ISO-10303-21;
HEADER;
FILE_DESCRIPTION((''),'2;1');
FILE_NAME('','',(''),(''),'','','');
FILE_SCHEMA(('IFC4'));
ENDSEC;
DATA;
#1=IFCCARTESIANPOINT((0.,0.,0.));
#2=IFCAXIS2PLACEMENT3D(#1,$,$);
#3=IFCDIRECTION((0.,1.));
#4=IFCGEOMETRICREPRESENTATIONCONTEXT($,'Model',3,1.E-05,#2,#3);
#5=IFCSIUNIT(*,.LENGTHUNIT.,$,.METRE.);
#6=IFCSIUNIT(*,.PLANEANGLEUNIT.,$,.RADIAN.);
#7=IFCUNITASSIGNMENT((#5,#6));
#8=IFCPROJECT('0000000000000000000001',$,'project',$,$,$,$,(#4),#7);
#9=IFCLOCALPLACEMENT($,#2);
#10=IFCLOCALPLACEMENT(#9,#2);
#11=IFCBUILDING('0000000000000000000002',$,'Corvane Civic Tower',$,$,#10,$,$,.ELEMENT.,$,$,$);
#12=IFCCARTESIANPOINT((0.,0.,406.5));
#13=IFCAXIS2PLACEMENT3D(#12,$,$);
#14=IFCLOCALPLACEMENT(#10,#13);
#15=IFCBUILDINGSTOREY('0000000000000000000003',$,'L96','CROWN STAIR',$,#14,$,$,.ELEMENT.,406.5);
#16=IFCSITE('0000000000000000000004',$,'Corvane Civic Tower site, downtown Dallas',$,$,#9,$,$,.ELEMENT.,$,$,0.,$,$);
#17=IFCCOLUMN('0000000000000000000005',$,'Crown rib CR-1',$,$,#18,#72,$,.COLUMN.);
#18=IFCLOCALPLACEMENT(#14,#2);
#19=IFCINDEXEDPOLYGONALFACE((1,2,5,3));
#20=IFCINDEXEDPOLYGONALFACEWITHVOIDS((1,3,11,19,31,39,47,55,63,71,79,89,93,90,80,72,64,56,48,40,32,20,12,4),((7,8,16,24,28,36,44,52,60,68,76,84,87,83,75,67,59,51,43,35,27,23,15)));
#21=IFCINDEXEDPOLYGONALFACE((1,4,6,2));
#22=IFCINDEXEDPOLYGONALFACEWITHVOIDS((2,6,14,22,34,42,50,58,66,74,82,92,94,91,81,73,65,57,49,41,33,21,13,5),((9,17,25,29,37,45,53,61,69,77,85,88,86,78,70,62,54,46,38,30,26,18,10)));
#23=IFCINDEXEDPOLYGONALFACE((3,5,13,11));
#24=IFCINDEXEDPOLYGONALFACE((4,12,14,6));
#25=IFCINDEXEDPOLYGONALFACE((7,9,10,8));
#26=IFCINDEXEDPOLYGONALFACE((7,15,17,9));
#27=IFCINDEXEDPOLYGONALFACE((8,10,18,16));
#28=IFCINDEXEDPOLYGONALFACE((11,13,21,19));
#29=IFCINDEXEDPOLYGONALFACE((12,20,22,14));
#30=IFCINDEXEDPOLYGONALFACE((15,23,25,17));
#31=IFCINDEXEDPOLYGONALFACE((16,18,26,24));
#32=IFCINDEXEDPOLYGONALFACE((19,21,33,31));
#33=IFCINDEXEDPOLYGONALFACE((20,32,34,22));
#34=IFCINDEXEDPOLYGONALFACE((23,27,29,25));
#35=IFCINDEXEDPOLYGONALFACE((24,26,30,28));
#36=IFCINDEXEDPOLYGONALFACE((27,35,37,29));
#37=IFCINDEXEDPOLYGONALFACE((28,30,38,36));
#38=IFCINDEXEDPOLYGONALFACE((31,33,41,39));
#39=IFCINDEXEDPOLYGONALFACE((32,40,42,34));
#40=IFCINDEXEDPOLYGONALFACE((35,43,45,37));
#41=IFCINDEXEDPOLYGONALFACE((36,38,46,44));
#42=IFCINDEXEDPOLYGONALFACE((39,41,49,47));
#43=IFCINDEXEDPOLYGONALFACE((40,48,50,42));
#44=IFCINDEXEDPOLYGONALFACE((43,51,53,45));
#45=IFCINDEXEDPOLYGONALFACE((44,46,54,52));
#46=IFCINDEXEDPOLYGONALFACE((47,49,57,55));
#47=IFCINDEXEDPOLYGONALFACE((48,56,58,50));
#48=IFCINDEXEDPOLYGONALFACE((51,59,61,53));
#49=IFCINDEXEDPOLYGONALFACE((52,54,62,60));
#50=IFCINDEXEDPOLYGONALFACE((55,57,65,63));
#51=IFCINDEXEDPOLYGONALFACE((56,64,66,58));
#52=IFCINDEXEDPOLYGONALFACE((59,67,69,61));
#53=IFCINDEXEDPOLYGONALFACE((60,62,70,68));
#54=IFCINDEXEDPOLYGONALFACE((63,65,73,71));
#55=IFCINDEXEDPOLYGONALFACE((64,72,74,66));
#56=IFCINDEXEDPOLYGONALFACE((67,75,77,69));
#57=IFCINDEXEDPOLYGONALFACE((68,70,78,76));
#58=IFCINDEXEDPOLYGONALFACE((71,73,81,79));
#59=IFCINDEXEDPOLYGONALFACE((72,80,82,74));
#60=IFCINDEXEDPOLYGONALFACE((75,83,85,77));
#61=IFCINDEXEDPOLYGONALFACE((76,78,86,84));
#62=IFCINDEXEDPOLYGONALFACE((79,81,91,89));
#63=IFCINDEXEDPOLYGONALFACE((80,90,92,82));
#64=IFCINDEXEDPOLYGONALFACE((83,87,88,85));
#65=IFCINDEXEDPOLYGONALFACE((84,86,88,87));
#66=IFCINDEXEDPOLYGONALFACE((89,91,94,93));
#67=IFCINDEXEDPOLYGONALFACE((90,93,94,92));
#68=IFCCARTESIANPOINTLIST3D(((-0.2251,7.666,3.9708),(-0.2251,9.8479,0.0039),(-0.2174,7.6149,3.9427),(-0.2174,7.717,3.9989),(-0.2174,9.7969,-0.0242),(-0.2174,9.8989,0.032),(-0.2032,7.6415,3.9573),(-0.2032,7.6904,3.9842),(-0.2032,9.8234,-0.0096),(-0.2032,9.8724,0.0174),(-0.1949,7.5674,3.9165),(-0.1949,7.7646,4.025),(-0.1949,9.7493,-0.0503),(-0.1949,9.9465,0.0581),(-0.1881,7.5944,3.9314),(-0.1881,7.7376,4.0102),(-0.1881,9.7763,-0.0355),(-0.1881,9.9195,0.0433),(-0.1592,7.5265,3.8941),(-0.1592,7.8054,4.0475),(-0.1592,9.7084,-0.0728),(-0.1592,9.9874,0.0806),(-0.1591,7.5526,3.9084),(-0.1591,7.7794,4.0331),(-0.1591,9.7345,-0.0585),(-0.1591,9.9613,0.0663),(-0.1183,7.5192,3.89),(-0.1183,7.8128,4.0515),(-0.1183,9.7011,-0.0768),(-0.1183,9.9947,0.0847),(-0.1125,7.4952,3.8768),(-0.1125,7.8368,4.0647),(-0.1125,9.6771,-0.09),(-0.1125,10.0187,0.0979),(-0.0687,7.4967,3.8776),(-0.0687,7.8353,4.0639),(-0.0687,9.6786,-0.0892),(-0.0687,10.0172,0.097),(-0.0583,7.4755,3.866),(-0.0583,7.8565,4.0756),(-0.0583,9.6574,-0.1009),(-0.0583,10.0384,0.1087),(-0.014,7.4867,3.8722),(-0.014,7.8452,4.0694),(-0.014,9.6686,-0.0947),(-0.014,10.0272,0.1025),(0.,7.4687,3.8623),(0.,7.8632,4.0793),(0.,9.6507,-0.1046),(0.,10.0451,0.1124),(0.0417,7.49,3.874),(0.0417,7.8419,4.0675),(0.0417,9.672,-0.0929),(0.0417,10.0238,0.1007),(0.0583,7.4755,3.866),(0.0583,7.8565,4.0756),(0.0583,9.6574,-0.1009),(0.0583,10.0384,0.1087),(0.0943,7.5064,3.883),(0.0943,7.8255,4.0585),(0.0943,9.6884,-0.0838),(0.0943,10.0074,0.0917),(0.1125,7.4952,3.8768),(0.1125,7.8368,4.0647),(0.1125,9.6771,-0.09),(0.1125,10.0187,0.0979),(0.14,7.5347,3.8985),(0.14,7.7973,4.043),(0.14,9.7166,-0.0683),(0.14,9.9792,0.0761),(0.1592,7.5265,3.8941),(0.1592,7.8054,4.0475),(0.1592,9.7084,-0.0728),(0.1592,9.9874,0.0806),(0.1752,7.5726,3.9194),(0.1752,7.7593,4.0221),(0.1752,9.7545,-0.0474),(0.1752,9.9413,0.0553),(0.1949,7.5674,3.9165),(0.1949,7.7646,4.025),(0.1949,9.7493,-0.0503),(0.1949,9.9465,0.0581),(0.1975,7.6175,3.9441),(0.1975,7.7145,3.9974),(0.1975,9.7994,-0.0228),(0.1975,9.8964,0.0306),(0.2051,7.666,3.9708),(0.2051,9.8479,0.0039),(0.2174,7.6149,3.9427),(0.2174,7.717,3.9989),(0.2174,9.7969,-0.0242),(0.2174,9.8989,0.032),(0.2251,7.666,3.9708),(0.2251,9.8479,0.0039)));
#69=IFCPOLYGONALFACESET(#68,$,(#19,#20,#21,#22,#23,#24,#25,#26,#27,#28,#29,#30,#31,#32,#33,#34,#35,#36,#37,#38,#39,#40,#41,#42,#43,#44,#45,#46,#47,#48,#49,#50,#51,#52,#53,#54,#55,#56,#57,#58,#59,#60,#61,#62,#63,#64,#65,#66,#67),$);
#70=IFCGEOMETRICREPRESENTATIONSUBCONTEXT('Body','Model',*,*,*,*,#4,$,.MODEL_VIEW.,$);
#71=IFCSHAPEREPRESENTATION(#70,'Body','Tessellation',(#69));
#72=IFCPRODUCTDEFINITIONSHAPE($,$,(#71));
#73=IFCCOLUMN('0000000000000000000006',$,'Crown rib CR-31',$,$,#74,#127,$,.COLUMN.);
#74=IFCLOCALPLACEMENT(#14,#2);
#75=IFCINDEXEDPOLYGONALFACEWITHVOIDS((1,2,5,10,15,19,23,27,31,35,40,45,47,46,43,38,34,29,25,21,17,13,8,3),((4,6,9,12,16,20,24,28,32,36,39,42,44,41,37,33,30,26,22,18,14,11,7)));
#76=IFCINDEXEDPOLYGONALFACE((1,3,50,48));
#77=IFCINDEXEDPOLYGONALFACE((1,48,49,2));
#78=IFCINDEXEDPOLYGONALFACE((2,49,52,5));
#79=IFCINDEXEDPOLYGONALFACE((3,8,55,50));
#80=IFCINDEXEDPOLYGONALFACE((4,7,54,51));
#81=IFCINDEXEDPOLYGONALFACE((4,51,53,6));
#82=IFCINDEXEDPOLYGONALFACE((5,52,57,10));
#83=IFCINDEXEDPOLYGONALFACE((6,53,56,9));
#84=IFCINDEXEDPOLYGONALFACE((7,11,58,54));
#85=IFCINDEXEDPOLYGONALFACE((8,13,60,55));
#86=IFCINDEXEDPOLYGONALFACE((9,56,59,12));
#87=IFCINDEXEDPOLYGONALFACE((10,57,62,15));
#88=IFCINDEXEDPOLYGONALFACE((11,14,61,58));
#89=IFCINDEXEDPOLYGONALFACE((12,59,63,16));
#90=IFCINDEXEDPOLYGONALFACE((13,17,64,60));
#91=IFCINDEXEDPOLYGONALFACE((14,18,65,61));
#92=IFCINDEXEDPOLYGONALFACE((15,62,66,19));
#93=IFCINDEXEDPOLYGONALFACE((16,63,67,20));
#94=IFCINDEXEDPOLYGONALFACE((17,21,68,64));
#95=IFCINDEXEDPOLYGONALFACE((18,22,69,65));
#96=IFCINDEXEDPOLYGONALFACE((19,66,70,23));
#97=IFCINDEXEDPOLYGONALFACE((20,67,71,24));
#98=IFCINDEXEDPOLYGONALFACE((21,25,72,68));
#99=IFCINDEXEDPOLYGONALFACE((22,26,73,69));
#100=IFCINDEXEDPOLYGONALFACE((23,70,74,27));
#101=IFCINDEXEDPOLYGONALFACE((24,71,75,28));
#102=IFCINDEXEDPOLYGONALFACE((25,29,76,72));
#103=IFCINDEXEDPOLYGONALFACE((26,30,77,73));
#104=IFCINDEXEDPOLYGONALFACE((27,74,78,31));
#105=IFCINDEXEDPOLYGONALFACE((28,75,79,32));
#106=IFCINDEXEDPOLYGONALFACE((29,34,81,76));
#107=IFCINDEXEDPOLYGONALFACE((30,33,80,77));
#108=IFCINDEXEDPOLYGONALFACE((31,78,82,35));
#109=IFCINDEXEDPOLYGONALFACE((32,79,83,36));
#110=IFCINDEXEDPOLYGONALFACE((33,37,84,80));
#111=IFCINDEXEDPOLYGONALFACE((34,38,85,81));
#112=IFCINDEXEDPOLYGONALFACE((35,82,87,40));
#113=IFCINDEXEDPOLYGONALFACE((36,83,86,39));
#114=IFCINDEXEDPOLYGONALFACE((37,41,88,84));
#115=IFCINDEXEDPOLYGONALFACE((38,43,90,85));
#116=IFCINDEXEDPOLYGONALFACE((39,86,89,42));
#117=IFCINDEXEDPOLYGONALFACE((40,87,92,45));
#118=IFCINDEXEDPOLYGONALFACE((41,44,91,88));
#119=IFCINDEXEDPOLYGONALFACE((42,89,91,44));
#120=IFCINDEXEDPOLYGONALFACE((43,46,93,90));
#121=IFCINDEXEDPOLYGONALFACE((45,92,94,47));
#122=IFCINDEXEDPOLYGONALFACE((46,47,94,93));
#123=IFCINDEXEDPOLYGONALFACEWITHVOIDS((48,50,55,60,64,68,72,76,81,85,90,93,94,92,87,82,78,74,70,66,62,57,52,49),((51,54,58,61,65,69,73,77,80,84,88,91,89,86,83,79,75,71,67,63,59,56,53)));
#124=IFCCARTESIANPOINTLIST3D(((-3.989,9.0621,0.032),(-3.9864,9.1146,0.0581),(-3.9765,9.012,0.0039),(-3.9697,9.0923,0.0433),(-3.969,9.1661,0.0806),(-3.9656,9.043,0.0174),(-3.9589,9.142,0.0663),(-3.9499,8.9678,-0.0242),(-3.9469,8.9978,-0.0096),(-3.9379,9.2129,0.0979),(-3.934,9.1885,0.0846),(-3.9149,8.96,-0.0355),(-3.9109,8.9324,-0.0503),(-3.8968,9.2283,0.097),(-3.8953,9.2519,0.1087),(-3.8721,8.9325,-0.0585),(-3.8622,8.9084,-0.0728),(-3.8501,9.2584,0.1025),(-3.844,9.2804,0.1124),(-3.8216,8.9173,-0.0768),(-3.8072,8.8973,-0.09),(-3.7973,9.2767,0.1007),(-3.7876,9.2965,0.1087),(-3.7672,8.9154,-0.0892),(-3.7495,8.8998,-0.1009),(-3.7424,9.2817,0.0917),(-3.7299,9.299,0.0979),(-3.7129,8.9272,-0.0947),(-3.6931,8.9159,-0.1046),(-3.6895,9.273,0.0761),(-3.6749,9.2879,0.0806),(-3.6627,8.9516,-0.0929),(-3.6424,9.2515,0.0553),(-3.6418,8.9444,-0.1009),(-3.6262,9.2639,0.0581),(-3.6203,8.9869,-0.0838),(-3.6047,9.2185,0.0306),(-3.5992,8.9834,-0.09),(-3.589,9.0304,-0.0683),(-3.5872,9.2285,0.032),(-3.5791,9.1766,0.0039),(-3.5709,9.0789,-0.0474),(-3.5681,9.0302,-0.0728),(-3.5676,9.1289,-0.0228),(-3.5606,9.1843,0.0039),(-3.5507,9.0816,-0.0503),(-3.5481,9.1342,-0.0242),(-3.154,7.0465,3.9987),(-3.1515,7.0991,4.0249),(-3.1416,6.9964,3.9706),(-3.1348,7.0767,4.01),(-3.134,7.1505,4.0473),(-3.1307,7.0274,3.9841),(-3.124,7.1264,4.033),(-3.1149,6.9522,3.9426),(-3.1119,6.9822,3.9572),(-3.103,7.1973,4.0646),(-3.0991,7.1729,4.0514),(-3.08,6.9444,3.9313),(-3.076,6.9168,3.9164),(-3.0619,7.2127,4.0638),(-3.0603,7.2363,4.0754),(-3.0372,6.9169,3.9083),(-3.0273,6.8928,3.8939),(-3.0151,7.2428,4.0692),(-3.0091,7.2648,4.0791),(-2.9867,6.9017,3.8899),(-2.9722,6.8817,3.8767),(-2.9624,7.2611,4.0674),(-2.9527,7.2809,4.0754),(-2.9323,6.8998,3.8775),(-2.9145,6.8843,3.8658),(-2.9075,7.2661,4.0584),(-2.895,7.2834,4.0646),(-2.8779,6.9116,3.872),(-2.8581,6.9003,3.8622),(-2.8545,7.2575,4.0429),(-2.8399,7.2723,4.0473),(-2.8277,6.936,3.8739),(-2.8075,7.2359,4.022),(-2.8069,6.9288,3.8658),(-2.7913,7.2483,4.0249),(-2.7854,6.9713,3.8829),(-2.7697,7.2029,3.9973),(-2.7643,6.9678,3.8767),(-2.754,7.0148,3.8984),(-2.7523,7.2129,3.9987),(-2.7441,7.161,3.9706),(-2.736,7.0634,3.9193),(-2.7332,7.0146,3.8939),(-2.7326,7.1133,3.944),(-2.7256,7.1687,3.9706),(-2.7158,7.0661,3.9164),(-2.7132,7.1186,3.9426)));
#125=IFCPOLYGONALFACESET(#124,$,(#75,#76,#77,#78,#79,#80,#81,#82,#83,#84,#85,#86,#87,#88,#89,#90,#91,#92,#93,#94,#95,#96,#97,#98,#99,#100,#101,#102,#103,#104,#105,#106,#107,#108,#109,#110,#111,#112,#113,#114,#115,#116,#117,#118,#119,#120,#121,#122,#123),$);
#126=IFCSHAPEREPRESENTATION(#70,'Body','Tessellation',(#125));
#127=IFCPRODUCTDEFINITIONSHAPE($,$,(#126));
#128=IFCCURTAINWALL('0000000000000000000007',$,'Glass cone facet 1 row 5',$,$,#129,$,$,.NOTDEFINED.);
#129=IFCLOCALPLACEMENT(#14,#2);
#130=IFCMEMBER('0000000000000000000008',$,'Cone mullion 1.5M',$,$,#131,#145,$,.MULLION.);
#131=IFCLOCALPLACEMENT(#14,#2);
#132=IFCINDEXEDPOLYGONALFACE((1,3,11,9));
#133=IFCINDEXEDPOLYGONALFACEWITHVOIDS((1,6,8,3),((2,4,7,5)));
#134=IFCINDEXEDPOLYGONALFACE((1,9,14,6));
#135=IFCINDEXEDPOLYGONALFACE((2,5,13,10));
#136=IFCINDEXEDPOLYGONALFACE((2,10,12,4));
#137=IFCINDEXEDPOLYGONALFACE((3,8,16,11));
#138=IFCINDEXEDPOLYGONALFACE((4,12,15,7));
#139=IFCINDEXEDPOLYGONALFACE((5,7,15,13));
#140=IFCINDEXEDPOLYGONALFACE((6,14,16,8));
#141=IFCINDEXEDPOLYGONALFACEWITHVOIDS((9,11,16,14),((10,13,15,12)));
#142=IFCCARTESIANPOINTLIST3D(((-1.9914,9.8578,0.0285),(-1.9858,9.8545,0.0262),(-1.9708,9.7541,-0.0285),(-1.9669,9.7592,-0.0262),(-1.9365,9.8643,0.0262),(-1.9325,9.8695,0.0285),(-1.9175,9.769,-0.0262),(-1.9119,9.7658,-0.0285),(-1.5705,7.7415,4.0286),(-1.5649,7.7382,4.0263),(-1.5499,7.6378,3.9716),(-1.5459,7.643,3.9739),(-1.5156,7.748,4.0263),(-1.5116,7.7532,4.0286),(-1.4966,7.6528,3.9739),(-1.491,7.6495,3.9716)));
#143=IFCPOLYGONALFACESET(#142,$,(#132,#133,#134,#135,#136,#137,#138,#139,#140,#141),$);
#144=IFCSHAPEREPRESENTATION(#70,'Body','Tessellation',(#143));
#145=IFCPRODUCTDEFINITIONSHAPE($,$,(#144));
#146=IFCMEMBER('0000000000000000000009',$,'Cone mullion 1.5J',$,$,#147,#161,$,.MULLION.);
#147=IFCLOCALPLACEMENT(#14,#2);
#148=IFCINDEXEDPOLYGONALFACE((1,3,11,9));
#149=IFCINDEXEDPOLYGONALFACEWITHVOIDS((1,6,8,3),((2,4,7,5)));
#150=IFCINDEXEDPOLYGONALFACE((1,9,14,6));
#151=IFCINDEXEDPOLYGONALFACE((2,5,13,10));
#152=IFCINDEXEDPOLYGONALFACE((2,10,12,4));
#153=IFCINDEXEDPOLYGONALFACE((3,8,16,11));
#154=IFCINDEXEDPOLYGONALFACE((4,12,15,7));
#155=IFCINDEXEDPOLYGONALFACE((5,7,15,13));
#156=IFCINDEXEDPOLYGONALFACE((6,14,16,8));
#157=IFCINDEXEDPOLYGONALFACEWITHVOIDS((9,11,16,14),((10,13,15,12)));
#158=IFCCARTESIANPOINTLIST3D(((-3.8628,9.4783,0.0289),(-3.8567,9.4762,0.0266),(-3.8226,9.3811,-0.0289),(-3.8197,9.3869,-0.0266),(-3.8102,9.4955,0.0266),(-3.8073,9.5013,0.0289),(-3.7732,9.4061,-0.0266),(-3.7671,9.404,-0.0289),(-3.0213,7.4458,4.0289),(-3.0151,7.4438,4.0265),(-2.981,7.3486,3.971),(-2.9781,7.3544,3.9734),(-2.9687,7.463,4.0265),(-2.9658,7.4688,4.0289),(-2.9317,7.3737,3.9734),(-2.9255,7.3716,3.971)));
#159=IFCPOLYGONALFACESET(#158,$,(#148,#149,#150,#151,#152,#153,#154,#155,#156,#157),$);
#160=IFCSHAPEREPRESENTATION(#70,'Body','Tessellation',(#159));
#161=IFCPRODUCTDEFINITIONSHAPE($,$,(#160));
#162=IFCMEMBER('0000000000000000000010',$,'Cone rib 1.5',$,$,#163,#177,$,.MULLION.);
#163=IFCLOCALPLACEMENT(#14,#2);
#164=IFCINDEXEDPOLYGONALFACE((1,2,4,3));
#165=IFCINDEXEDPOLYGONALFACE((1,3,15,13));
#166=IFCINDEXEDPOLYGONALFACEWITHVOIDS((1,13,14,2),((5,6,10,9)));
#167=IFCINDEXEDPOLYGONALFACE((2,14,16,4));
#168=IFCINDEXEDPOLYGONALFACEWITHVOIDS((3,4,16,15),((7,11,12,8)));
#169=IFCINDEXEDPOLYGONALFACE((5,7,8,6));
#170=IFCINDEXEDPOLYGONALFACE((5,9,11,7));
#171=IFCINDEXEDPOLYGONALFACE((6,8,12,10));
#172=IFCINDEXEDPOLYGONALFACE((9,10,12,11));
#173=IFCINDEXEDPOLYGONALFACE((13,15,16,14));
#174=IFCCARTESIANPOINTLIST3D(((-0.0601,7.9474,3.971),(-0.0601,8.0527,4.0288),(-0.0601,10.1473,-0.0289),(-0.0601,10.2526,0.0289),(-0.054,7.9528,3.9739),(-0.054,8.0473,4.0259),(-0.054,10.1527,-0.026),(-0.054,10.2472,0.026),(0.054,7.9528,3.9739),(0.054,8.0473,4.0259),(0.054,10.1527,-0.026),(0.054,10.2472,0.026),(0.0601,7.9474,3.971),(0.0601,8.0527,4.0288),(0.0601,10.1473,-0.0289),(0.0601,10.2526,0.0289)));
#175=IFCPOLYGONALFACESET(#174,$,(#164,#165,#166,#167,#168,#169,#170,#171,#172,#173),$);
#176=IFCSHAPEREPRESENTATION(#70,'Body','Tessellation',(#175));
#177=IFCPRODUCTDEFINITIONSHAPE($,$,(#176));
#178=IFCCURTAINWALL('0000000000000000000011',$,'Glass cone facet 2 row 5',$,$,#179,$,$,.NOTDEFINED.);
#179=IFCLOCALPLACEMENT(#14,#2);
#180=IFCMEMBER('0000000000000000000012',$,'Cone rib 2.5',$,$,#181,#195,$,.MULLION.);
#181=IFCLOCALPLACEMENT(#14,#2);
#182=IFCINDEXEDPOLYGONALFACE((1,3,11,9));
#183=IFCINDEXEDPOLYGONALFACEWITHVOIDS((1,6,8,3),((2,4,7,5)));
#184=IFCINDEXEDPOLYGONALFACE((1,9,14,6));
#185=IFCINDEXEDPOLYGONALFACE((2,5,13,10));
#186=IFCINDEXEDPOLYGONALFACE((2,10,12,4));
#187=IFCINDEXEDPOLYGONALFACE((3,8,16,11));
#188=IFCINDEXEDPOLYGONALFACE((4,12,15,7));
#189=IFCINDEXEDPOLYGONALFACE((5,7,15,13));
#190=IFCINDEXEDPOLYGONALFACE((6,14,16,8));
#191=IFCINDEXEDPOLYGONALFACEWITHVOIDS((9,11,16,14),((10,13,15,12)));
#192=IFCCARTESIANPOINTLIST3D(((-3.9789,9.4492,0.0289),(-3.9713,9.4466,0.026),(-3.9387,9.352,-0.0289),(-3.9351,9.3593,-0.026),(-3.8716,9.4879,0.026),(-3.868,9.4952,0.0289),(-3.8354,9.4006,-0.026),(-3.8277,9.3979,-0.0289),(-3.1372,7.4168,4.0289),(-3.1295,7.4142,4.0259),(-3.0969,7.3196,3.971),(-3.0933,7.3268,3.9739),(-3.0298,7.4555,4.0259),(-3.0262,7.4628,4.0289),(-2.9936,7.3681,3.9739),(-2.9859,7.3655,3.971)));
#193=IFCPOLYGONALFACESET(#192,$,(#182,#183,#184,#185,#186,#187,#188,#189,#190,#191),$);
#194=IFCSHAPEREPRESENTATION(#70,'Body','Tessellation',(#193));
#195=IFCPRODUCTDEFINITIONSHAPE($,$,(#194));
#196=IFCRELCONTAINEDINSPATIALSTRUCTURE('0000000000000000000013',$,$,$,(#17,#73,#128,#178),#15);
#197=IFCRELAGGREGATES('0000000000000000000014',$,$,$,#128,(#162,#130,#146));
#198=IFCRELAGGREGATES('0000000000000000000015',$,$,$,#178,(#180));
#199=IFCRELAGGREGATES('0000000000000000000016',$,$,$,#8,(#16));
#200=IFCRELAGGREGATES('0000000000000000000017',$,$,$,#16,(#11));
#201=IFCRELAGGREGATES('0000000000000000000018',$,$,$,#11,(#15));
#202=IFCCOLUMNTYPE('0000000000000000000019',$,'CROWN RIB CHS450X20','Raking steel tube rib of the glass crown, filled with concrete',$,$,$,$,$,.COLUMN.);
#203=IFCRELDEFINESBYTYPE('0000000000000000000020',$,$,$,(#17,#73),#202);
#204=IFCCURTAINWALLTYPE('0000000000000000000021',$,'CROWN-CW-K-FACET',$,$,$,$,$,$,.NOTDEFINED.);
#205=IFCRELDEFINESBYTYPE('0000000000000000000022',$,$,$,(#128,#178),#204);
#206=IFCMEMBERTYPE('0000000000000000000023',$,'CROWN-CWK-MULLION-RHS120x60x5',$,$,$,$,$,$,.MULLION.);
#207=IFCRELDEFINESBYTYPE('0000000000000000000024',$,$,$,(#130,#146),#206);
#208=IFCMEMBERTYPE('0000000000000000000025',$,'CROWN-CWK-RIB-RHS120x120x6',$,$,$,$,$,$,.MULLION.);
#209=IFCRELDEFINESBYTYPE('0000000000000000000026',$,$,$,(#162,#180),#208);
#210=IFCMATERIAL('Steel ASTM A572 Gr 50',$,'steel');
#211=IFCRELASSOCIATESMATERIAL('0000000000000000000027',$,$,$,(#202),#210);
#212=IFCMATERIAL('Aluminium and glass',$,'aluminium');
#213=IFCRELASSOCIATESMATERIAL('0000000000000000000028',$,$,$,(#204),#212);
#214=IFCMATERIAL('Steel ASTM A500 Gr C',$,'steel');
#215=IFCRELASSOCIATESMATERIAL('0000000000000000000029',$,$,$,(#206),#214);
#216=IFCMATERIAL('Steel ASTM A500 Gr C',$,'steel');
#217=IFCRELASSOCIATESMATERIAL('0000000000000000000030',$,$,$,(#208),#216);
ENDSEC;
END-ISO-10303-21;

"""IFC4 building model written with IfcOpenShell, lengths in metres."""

from ifc_helpers import new_model, si_unit, direction, frame, origin, origin_2d, place, context, subcontext, project, spatial, hollow_rectangle, hollow_circle, extrude, material, material_profile, profile_set, type_object, element, aggregate, save


model = new_model("IFC4")

# Units and contexts
model_context = context("Model", 3, precision=1e-05, world=origin(), true_north=direction((0.0, 1.0)))
body_context = subcontext(model_context, "Body", "Model", "MODEL_VIEW")
ifc_project = project(units=[si_unit("LENGTHUNIT", "METRE"), si_unit("PLANEANGLEUNIT", "RADIAN")], contexts=[model_context])

# Site, building, storey
site_placement = place(None, origin())
site = spatial("IfcSite", under=ifc_project, at=site_placement, Name="Corvane Civic Tower site, downtown Dallas", CompositionType="ELEMENT", RefElevation=0.0)
building_placement = place(site_placement, origin())
building = spatial("IfcBuilding", under=site, at=building_placement, Name="Corvane Civic Tower", CompositionType="ELEMENT")
storey_placement = place(building_placement, frame((0.0, 0.0, 406.5)))
storey = spatial("IfcBuildingStorey", under=building, at=storey_placement, Name="L96", Description="CROWN STAIR", CompositionType="ELEMENT", Elevation=406.5)

# Columns
ifc_material_1 = material(Name="Steel ASTM A572 Gr 50", Category="steel")
ifc_material_profile_1 = material_profile(ifc_material_1, hollow_circle(Radius=0.2251, WallThickness=0.02, at=origin_2d()), Name="CHS450X20")
ifc_profile_set_1 = profile_set([ifc_material_profile_1], Name="Steel ASTM A572 Gr 50")
column_type = type_object("IfcColumnType", Name="CROWN RIB CHS450X20", Description="Raking steel tube rib of the glass crown, filled with concrete", PredefinedType="COLUMN", material=ifc_profile_set_1)
column_1_placement = place(storey_placement, frame((0.0, 9.8479, 0.0039), z_axis=(0.0, -0.481944, 0.876202), x_axis=(1.0, 0.0, 0.0)))
element("IfcColumn", 1, at=column_1_placement, inside=storey, type_object=column_type, Name="Crown rib CR-1", PredefinedType="COLUMN", context=body_context, shape_type="SweptSolid", body=[
    extrude(hollow_circle(Radius=0.2251, WallThickness=0.02, at=origin_2d()), origin(), (0.0, 0.0, 1.0), 4.5273),
])
column_2_placement = place(storey_placement, frame((-3.7686, 9.0981, 0.0039), z_axis=(0.184433, -0.445227, 0.876218), x_axis=(0.92387, 0.382708, 0.0)))
element("IfcColumn", 2, at=column_2_placement, inside=storey, type_object=column_type, Name="Crown rib CR-31", PredefinedType="COLUMN", context=body_context, shape_type="SweptSolid", body=[
    extrude(hollow_circle(Radius=0.2251, WallThickness=0.02, at=origin_2d()), origin(), (0.0, 0.0, 1.0), 4.5271),
])

# Curtain wall, members
ifc_material_2 = material(Name="Aluminium and glass", Category="aluminium")
curtain_wall_type = type_object("IfcCurtainWallType", Name="CROWN-CW-K-FACET", PredefinedType="NOTDEFINED", material=ifc_material_2)
curtain_wall_1_placement = place(storey_placement, origin())
curtain_wall_1 = element("IfcCurtainWall", 3, at=curtain_wall_1_placement, inside=storey, type_object=curtain_wall_type, Name="Glass cone facet 1 row 5", PredefinedType="NOTDEFINED")
ifc_material_3 = material(Name="Steel ASTM A500 Gr C", Category="steel")
ifc_material_profile_2 = material_profile(ifc_material_3, hollow_rectangle(XDim=0.0601, YDim=0.1201, WallThickness=0.0049, at=origin_2d()), Name="RHS 120x60x5")
ifc_profile_set_2 = profile_set([ifc_material_profile_2], Name="Steel ASTM A500 Gr C")
member_type_1 = type_object("IfcMemberType", Name="CROWN-CWK-MULLION-RHS120x60x5", PredefinedType="MULLION", material=ifc_profile_set_2)
member_1_placement = place(storey_placement, frame((-1.9517, 9.8118, 0.0), z_axis=(0.09261, -0.46563, 0.88012), x_axis=(0.980789, 0.195072, 0.0)))
member_1 = element("IfcMember", 4, at=member_1_placement, type_object=member_type_1, Name="Cone mullion 1.5M", PredefinedType="MULLION", context=body_context, shape_type="SweptSolid", body=[
    extrude(hollow_rectangle(XDim=0.0601, YDim=0.1201, WallThickness=0.0049, at=origin_2d()), origin(), (0.0, 0.0, 1.0), 4.5449),
])
member_2_placement = place(storey_placement, frame((-3.8149, 9.4412, 0.0), z_axis=(0.184349, -0.44523, 0.876234), x_axis=(0.923932, 0.382558, 0.0)))
member_2 = element("IfcMember", 5, at=member_2_placement, type_object=member_type_1, Name="Cone mullion 1.5J", PredefinedType="MULLION", context=body_context, shape_type="SweptSolid", body=[
    extrude(hollow_rectangle(XDim=0.0601, YDim=0.1201, WallThickness=0.0049, at=origin_2d()), origin(), (0.0, 0.0, 1.0), 4.5649),
])
ifc_material_4 = material(Name="Steel ASTM A500 Gr C", Category="steel")
ifc_material_profile_3 = material_profile(ifc_material_4, hollow_rectangle(XDim=0.1201, YDim=0.1201, WallThickness=0.0061, at=origin_2d()), Name="RHS 120x120x6")
ifc_profile_set_3 = profile_set([ifc_material_profile_3], Name="Steel ASTM A500 Gr C")
member_type_2 = type_object("IfcMemberType", Name="CROWN-CWK-RIB-RHS120x120x6", PredefinedType="MULLION", material=ifc_profile_set_3)
member_3_placement = place(storey_placement, frame((0.0, 10.2, 0.0), z_axis=(0.0, -0.481911, 0.87622), x_axis=(1.0, 0.0, 0.0)))
member_3 = element("IfcMember", 6, at=member_3_placement, type_object=member_type_2, Name="Cone rib 1.5", PredefinedType="MULLION", context=body_context, shape_type="SweptSolid", body=[
    extrude(hollow_rectangle(XDim=0.1201, YDim=0.1201, WallThickness=0.0061, at=origin_2d()), origin(), (0.0, 0.0, 1.0), 4.5649),
])

# Curtain wall, member
curtain_wall_2_placement = place(storey_placement, origin())
curtain_wall_2 = element("IfcCurtainWall", 7, at=curtain_wall_2_placement, inside=storey, type_object=curtain_wall_type, Name="Glass cone facet 2 row 5", PredefinedType="NOTDEFINED")
member_4_placement = place(storey_placement, frame((-3.9033, 9.4236, 0.0), z_axis=(0.184401, -0.445226, 0.876225), x_axis=(0.923892, 0.382652, 0.0)))
member_4 = element("IfcMember", 8, at=member_4_placement, type_object=member_type_2, Name="Cone rib 2.5", PredefinedType="MULLION", context=body_context, shape_type="SweptSolid", body=[
    extrude(hollow_rectangle(XDim=0.1201, YDim=0.1201, WallThickness=0.0061, at=origin_2d()), origin(), (0.0, 0.0, 1.0), 4.5649),
])

aggregate(curtain_wall_1, [member_3, member_1, member_2])
aggregate(curtain_wall_2, [member_4])

save(model, "model.ifc")
